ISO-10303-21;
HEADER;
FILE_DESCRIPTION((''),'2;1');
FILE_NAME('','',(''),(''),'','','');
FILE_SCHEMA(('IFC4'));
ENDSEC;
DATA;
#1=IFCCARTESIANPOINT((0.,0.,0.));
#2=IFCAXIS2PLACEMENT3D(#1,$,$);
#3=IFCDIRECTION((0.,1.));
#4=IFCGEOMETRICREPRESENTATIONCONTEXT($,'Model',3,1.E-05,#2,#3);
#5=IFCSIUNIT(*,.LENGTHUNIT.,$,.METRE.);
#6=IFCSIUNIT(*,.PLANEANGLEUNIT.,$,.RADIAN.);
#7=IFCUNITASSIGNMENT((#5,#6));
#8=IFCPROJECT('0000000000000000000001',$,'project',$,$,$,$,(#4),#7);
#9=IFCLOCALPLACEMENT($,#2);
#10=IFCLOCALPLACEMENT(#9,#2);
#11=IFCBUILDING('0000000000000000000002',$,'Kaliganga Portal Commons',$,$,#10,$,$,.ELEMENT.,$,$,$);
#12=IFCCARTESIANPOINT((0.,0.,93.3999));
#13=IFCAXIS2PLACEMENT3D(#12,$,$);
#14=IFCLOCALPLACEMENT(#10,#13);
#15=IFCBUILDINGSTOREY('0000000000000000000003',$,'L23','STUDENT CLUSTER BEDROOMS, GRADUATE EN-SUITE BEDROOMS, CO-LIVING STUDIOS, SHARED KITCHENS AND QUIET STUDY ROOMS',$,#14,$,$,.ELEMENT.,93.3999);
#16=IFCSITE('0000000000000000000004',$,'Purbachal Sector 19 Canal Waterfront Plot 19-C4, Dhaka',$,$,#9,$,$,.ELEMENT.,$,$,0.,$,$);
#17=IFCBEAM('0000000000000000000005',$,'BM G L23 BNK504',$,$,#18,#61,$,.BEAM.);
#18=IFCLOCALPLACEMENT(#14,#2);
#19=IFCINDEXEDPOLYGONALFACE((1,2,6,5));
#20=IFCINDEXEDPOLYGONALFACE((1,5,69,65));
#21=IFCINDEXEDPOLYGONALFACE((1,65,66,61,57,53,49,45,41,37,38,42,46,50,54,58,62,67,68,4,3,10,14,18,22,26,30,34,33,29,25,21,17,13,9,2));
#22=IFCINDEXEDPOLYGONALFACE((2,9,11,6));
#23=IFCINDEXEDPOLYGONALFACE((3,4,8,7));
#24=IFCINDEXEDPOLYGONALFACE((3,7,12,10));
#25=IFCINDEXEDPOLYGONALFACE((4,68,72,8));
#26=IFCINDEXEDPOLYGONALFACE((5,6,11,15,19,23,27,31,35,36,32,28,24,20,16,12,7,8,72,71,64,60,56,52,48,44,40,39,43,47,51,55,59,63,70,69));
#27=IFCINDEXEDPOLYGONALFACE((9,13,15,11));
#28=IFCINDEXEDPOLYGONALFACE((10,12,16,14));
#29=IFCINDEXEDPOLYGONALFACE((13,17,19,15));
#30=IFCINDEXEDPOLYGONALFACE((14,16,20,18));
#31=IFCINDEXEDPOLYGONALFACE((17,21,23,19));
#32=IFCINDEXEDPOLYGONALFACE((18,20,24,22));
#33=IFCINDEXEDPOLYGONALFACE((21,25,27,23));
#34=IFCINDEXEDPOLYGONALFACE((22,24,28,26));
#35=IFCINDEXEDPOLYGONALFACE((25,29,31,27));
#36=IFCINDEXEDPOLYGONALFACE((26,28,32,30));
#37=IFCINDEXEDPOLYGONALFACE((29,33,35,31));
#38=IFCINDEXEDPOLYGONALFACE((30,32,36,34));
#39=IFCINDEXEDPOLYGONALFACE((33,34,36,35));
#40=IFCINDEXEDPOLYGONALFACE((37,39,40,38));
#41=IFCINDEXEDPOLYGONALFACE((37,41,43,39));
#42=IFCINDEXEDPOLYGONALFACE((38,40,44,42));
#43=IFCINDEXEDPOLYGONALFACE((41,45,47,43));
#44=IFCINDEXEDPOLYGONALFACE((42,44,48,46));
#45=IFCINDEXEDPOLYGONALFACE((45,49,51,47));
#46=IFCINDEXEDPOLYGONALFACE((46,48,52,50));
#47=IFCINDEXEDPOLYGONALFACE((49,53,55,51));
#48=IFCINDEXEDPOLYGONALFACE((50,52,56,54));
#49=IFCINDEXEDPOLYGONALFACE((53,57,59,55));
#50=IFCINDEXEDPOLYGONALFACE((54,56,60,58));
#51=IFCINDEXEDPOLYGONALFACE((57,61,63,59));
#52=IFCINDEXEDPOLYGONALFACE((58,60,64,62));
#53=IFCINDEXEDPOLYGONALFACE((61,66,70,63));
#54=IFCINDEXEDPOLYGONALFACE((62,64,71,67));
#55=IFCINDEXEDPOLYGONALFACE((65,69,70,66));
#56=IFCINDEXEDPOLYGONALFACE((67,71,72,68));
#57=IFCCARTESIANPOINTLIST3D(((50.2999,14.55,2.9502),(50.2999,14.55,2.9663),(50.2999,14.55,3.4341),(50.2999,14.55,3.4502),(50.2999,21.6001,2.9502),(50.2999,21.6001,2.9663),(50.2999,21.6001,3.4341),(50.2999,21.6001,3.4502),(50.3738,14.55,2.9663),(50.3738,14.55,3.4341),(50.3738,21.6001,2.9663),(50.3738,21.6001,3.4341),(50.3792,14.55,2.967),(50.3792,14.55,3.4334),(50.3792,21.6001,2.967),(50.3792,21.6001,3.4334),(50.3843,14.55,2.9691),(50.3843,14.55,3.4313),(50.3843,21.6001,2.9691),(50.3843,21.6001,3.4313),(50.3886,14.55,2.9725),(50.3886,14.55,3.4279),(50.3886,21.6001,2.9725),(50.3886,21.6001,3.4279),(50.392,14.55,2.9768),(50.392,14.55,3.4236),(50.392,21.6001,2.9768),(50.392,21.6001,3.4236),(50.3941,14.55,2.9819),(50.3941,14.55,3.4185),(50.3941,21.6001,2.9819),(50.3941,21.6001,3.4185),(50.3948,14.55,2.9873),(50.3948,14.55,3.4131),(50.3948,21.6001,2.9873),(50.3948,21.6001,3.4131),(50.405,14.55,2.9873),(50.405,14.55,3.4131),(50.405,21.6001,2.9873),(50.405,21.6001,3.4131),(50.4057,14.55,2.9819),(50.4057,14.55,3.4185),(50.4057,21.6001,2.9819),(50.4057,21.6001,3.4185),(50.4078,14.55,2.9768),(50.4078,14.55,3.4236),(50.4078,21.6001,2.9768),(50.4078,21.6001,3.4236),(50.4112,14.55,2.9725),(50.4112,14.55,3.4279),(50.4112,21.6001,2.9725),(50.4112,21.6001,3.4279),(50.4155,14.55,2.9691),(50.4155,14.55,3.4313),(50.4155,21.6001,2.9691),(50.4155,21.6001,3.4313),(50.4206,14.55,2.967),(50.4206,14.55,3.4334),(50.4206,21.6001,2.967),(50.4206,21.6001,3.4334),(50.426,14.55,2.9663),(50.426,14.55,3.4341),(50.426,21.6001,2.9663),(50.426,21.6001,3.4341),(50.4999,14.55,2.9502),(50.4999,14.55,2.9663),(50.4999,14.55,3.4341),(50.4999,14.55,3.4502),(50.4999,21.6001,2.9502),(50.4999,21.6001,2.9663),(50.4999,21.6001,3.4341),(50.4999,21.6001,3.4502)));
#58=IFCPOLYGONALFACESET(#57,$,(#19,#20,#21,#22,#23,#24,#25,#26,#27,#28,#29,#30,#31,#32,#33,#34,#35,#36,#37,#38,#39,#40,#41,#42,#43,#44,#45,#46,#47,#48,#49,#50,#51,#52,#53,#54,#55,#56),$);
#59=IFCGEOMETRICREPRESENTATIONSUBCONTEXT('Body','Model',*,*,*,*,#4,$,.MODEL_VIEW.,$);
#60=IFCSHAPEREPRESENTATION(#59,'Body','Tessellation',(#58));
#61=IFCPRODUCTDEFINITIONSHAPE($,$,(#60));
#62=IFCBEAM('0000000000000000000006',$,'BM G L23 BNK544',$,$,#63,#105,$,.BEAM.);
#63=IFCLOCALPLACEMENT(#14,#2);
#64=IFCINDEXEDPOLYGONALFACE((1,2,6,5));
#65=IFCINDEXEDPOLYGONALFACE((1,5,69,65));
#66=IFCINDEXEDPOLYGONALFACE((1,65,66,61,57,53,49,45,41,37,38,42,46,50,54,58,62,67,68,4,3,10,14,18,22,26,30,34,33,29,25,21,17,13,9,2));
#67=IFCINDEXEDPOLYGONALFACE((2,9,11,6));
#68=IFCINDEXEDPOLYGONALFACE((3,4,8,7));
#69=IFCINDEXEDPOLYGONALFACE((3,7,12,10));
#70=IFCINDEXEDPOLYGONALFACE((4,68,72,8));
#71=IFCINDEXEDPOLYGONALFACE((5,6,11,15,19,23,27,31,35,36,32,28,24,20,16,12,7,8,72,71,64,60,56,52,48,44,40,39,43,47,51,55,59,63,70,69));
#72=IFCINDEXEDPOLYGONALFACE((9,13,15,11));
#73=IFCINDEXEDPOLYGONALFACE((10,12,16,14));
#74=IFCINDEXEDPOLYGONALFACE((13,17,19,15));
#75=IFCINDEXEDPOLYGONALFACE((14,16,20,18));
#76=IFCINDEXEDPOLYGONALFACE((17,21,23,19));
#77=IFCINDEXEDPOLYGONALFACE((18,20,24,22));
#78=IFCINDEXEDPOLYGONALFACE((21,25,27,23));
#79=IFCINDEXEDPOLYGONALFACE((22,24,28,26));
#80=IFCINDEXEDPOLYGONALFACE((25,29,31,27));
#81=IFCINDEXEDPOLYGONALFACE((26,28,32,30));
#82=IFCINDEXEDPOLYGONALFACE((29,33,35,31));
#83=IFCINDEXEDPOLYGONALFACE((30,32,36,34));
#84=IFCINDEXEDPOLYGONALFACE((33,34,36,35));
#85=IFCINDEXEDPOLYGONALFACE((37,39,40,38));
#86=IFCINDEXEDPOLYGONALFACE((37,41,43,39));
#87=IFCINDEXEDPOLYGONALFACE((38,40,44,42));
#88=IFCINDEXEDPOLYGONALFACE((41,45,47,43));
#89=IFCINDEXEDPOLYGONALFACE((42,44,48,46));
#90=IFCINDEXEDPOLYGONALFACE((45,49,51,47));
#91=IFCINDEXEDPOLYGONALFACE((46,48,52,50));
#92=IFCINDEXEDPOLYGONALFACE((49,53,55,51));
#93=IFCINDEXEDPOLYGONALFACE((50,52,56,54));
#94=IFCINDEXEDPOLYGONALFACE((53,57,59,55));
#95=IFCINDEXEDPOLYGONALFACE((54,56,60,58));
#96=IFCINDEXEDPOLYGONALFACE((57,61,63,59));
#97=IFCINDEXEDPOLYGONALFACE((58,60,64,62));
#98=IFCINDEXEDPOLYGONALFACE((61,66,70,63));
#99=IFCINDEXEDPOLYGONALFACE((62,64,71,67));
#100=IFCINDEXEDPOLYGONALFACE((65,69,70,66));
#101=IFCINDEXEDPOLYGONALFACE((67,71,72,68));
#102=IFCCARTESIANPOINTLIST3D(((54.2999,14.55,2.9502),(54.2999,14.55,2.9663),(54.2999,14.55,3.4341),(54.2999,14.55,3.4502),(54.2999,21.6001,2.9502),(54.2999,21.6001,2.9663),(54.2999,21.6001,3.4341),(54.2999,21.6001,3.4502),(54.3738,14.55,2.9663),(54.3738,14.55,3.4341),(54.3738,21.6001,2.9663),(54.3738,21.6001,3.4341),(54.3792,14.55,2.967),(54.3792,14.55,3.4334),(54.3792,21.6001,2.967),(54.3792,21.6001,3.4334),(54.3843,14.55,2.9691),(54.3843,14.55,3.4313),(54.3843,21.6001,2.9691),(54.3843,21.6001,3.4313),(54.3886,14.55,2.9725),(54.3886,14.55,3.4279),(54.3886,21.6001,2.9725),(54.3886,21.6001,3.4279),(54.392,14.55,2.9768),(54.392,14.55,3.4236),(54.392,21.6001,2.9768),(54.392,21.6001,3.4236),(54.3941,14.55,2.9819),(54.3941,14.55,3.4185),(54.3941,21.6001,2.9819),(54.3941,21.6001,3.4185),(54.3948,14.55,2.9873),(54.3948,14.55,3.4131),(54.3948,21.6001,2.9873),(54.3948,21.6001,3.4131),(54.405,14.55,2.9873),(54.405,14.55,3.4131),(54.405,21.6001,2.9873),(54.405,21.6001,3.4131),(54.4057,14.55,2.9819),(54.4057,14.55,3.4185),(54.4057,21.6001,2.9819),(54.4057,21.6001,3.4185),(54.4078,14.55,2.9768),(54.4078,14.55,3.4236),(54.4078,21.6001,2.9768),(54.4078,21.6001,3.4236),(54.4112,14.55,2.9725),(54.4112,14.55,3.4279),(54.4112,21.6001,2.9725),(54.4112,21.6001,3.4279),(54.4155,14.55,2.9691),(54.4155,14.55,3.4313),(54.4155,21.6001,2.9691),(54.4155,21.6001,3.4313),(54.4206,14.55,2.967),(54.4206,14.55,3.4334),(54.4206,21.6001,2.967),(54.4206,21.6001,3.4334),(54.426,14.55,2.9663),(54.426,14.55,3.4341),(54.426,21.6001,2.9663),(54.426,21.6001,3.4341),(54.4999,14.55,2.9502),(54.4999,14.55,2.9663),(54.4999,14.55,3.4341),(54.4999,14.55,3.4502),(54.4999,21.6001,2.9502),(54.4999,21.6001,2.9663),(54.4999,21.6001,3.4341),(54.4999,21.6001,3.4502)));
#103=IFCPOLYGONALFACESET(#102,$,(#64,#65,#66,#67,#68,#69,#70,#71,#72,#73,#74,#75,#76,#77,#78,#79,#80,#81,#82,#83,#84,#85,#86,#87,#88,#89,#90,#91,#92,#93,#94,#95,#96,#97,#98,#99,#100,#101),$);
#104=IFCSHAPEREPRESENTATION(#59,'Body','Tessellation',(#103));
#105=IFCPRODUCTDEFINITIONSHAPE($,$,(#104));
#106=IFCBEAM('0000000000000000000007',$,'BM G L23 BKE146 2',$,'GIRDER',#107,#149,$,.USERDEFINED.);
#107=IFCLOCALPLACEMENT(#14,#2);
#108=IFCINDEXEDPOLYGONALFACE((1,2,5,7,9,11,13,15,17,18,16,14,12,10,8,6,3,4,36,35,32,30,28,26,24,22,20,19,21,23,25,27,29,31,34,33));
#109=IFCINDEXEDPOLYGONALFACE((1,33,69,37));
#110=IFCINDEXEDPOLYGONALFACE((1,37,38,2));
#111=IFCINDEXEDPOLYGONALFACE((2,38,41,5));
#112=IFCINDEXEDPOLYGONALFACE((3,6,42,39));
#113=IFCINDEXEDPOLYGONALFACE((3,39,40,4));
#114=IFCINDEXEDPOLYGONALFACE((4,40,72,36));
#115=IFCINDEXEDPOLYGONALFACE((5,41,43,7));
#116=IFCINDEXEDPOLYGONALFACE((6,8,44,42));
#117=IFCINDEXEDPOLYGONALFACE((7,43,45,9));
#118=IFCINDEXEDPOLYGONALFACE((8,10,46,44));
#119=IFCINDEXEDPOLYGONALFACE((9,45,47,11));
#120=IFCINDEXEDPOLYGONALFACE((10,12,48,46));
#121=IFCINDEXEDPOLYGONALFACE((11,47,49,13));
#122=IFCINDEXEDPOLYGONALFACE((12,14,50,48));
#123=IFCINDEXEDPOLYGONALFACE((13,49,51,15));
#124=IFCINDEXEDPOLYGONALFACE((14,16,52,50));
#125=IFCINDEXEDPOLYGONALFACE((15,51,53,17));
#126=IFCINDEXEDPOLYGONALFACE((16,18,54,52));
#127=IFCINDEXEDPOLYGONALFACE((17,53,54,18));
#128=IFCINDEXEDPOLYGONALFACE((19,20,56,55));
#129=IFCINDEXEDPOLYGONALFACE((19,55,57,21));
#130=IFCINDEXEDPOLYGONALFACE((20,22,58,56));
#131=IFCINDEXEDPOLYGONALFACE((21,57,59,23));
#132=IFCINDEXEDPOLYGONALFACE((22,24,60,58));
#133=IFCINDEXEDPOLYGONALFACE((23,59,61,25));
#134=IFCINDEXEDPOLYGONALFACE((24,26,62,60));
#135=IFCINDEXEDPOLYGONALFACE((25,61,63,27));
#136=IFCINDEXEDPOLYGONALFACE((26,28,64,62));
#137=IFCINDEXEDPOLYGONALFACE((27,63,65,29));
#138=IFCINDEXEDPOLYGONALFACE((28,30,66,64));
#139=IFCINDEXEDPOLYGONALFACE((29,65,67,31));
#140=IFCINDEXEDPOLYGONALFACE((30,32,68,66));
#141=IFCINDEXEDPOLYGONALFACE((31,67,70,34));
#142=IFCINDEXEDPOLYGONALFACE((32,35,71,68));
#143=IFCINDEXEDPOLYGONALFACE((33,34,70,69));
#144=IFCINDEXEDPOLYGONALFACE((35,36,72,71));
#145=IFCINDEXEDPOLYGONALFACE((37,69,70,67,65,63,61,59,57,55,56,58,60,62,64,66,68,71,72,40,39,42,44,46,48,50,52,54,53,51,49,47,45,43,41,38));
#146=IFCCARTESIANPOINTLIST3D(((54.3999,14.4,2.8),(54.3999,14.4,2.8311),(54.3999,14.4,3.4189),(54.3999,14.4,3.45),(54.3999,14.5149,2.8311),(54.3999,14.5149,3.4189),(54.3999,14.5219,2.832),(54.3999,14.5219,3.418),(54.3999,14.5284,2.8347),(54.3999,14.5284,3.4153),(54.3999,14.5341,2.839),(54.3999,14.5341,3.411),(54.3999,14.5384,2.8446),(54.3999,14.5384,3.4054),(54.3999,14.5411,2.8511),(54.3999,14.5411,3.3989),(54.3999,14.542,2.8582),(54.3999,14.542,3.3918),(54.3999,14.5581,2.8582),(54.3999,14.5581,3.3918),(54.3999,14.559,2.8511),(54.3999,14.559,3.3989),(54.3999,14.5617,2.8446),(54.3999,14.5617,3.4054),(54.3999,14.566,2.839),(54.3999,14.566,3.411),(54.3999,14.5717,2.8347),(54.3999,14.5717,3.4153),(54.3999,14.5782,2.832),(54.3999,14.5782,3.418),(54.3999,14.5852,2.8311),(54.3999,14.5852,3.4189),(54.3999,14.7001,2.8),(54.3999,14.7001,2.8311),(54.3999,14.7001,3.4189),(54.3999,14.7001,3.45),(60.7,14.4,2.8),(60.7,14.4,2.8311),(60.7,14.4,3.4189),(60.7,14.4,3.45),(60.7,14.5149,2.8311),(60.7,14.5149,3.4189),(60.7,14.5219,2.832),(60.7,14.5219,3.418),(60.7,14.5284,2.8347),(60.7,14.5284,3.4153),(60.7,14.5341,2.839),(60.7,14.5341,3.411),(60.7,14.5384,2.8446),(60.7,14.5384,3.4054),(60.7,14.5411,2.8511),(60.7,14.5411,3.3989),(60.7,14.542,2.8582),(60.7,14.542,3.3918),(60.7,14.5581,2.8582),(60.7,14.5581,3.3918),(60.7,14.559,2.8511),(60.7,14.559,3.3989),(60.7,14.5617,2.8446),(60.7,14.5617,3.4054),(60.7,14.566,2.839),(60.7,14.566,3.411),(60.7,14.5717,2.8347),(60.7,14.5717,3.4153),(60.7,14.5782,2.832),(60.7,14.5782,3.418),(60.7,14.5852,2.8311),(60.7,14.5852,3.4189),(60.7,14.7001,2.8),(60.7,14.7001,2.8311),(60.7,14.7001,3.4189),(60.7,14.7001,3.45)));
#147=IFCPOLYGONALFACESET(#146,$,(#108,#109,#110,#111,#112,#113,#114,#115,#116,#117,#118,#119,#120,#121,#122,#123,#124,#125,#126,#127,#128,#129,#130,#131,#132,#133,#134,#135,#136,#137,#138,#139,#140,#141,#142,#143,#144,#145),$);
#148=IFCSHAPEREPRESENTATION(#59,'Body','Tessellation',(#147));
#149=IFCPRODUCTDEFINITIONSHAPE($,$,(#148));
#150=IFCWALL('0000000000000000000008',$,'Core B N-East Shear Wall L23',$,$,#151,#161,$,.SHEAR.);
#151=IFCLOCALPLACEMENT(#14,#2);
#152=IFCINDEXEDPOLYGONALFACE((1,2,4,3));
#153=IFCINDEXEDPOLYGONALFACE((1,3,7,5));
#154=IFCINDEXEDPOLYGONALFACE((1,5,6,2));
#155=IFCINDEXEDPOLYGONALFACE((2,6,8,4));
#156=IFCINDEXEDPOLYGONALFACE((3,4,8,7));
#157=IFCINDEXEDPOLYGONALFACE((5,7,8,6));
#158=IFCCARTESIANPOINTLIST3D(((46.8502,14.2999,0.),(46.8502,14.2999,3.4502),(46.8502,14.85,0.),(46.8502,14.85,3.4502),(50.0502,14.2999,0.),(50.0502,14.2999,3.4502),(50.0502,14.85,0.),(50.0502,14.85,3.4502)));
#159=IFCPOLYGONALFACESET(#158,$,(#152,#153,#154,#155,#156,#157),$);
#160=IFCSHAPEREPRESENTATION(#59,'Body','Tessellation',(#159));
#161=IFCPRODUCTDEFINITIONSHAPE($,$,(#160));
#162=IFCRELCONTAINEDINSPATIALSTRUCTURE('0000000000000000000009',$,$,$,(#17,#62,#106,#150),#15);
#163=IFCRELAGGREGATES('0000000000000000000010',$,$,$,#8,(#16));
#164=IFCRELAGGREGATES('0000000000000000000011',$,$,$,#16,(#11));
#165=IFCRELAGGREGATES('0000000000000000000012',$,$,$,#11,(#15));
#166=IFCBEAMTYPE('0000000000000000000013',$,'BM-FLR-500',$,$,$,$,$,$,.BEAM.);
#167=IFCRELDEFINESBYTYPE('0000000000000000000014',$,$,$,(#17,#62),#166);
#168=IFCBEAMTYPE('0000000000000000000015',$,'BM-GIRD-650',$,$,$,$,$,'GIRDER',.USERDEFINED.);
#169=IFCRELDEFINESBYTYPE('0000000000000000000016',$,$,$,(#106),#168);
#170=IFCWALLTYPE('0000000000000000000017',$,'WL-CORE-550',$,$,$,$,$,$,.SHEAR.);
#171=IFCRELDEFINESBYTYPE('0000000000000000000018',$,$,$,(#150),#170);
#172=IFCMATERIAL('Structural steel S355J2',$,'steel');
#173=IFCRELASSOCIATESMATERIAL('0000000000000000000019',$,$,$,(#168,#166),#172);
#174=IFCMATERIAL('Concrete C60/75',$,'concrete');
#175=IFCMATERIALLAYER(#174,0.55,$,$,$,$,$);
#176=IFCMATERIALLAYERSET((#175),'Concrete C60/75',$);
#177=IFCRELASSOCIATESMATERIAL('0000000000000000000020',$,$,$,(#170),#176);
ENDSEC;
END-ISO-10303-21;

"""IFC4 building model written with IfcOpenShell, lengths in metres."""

from ifc_helpers import new_model, si_unit, direction, frame, frame_2d, origin, origin_2d, place, context, subcontext, project, spatial, rectangle, i_section, extrude, source, transform, mapped, material, layer, layer_set, material_profile, profile_set, type_object, element, save


model = new_model("IFC4")

# Units and contexts
model_context = context("Model", 3, precision=1e-05, world=origin(), true_north=direction((0.0, 1.0)))
body_context = subcontext(model_context, "Body", "Model", "MODEL_VIEW")
ifc_project = project(units=[si_unit("LENGTHUNIT", "METRE"), si_unit("PLANEANGLEUNIT", "RADIAN")], contexts=[model_context])

# Site, building, storey
site_placement = place(None, origin())
site = spatial("IfcSite", under=ifc_project, at=site_placement, Name="Purbachal Sector 19 Canal Waterfront Plot 19-C4, Dhaka", CompositionType="ELEMENT", RefElevation=0.0)
building_placement = place(site_placement, origin())
building = spatial("IfcBuilding", under=site, at=building_placement, Name="Kaliganga Portal Commons", CompositionType="ELEMENT")
storey_placement = place(building_placement, frame((0.0, 0.0, 93.3999)))
storey = spatial("IfcBuildingStorey", under=building, at=storey_placement, Name="L23", Description="STUDENT CLUSTER BEDROOMS, GRADUATE EN-SUITE BEDROOMS, CO-LIVING STUDIOS, SHARED KITCHENS AND QUIET STUDY ROOMS", CompositionType="ELEMENT", Elevation=93.3999)

# Shared definitions
ifc_material_1 = material(Name="Concrete C60/75", Category="concrete")

# Beams
ifc_material_2 = material(Name="Structural steel S355J2", Category="steel")
ifc_material_profile_1 = material_profile(ifc_material_2, i_section(OverallWidth=0.3, OverallDepth=0.6499, WebThickness=0.0161, FlangeThickness=0.031, FilletRadius=0.0271, at=origin_2d()), Name="HE 650 B")
ifc_profile_set_1 = profile_set([ifc_material_profile_1], Name="Structural steel S355J2 wide-flange")
beam_type_1 = type_object("IfcBeamType", Name="BM-GIRD-650", ElementType="GIRDER", PredefinedType="USERDEFINED", material=ifc_profile_set_1)
ifc_material_profile_2 = material_profile(ifc_material_2, i_section(OverallWidth=0.2, OverallDepth=0.5, WebThickness=0.0103, FlangeThickness=0.0161, FilletRadius=0.021, at=origin_2d()), Name="IPE 500")
ifc_profile_set_2 = profile_set([ifc_material_profile_2], Name="Structural steel S355J2 wide-flange")
beam_type_2 = type_object("IfcBeamType", Name="BM-FLR-500", PredefinedType="BEAM", material=ifc_profile_set_2)
shared_shape_1 = source(origin(), body_context, "Body", "SweptSolid", [
    extrude(i_section(OverallWidth=0.2, OverallDepth=0.5, WebThickness=0.0103, FlangeThickness=0.0161, FilletRadius=0.021, at=origin_2d()), origin(), (0.0, 0.0, 1.0), 7.05),
])
for number, where, z_axis, x_axis, name in (
    (1, (50.3999, 14.55, 3.2002), (0.0, 1.0, 0.0), (-1.0, 0.0, 0.0), "BM G L23 BNK504"),
    (2, (54.3999, 14.55, 3.2002), (0.0, 1.0, 0.0), (-1.0, 0.0, 0.0), "BM G L23 BNK544"),
):
    element("IfcBeam", number, at=place(storey_placement, frame(where, z_axis=z_axis, x_axis=x_axis)), inside=storey, type_object=beam_type_2, Name=name, PredefinedType="BEAM", context=body_context, shape_type="MappedRepresentation", body=[
        mapped(shared_shape_1, transform((0.0, 0.0, 0.0), x_axis=(1.0, 0.0, 0.0), y_axis=(0.0, 1.0, 0.0), z_axis=(0.0, 0.0, 1.0), scale=1.0)),
    ])
shared_shape_2 = source(origin(), body_context, "Body", "SweptSolid", [
    extrude(i_section(OverallWidth=0.3, OverallDepth=0.6499, WebThickness=0.0161, FlangeThickness=0.031, FilletRadius=0.0271, at=origin_2d()), origin(), (0.0, 0.0, 1.0), 6.3),
])
beam_1_placement = place(storey_placement, frame((54.3999, 14.55, 3.125), z_axis=(1.0, 0.0, 0.0), x_axis=(0.0, 1.0, 0.0)))
element("IfcBeam", 3, at=beam_1_placement, inside=storey, type_object=beam_type_1, Name="BM G L23 BKE146 2", ObjectType="GIRDER", PredefinedType="USERDEFINED", context=body_context, shape_type="MappedRepresentation", body=[
    mapped(shared_shape_2, transform((0.0, 0.0, 0.0), x_axis=(1.0, 0.0, 0.0), y_axis=(0.0, 1.0, 0.0), z_axis=(0.0, 0.0, 1.0), scale=1.0)),
])

# Wall
ifc_layer_1 = layer(ifc_material_1, 0.55)
ifc_layer_set_1 = layer_set([ifc_layer_1], Name="Concrete C60/75")
wall_type_1 = type_object("IfcWallType", Name="WL-CORE-550", PredefinedType="SHEAR", material=ifc_layer_set_1)
wall_1_placement = place(storey_placement, frame((46.8501, 14.575, 0.0), z_axis=(0.0, 0.0, 1.0), x_axis=(1.0, 0.0, 0.0)))
element("IfcWall", 4, at=wall_1_placement, inside=storey, type_object=wall_type_1, Name="Core B N-East Shear Wall L23", PredefinedType="SHEAR", context=body_context, shape_type="SweptSolid", body=[
    extrude(rectangle(XDim=3.2, YDim=0.55, at=frame_2d((1.6001, 0.0))), origin(), (0.0, 0.0, 1.0), 3.4502),
])

save(model, "model.ifc")
